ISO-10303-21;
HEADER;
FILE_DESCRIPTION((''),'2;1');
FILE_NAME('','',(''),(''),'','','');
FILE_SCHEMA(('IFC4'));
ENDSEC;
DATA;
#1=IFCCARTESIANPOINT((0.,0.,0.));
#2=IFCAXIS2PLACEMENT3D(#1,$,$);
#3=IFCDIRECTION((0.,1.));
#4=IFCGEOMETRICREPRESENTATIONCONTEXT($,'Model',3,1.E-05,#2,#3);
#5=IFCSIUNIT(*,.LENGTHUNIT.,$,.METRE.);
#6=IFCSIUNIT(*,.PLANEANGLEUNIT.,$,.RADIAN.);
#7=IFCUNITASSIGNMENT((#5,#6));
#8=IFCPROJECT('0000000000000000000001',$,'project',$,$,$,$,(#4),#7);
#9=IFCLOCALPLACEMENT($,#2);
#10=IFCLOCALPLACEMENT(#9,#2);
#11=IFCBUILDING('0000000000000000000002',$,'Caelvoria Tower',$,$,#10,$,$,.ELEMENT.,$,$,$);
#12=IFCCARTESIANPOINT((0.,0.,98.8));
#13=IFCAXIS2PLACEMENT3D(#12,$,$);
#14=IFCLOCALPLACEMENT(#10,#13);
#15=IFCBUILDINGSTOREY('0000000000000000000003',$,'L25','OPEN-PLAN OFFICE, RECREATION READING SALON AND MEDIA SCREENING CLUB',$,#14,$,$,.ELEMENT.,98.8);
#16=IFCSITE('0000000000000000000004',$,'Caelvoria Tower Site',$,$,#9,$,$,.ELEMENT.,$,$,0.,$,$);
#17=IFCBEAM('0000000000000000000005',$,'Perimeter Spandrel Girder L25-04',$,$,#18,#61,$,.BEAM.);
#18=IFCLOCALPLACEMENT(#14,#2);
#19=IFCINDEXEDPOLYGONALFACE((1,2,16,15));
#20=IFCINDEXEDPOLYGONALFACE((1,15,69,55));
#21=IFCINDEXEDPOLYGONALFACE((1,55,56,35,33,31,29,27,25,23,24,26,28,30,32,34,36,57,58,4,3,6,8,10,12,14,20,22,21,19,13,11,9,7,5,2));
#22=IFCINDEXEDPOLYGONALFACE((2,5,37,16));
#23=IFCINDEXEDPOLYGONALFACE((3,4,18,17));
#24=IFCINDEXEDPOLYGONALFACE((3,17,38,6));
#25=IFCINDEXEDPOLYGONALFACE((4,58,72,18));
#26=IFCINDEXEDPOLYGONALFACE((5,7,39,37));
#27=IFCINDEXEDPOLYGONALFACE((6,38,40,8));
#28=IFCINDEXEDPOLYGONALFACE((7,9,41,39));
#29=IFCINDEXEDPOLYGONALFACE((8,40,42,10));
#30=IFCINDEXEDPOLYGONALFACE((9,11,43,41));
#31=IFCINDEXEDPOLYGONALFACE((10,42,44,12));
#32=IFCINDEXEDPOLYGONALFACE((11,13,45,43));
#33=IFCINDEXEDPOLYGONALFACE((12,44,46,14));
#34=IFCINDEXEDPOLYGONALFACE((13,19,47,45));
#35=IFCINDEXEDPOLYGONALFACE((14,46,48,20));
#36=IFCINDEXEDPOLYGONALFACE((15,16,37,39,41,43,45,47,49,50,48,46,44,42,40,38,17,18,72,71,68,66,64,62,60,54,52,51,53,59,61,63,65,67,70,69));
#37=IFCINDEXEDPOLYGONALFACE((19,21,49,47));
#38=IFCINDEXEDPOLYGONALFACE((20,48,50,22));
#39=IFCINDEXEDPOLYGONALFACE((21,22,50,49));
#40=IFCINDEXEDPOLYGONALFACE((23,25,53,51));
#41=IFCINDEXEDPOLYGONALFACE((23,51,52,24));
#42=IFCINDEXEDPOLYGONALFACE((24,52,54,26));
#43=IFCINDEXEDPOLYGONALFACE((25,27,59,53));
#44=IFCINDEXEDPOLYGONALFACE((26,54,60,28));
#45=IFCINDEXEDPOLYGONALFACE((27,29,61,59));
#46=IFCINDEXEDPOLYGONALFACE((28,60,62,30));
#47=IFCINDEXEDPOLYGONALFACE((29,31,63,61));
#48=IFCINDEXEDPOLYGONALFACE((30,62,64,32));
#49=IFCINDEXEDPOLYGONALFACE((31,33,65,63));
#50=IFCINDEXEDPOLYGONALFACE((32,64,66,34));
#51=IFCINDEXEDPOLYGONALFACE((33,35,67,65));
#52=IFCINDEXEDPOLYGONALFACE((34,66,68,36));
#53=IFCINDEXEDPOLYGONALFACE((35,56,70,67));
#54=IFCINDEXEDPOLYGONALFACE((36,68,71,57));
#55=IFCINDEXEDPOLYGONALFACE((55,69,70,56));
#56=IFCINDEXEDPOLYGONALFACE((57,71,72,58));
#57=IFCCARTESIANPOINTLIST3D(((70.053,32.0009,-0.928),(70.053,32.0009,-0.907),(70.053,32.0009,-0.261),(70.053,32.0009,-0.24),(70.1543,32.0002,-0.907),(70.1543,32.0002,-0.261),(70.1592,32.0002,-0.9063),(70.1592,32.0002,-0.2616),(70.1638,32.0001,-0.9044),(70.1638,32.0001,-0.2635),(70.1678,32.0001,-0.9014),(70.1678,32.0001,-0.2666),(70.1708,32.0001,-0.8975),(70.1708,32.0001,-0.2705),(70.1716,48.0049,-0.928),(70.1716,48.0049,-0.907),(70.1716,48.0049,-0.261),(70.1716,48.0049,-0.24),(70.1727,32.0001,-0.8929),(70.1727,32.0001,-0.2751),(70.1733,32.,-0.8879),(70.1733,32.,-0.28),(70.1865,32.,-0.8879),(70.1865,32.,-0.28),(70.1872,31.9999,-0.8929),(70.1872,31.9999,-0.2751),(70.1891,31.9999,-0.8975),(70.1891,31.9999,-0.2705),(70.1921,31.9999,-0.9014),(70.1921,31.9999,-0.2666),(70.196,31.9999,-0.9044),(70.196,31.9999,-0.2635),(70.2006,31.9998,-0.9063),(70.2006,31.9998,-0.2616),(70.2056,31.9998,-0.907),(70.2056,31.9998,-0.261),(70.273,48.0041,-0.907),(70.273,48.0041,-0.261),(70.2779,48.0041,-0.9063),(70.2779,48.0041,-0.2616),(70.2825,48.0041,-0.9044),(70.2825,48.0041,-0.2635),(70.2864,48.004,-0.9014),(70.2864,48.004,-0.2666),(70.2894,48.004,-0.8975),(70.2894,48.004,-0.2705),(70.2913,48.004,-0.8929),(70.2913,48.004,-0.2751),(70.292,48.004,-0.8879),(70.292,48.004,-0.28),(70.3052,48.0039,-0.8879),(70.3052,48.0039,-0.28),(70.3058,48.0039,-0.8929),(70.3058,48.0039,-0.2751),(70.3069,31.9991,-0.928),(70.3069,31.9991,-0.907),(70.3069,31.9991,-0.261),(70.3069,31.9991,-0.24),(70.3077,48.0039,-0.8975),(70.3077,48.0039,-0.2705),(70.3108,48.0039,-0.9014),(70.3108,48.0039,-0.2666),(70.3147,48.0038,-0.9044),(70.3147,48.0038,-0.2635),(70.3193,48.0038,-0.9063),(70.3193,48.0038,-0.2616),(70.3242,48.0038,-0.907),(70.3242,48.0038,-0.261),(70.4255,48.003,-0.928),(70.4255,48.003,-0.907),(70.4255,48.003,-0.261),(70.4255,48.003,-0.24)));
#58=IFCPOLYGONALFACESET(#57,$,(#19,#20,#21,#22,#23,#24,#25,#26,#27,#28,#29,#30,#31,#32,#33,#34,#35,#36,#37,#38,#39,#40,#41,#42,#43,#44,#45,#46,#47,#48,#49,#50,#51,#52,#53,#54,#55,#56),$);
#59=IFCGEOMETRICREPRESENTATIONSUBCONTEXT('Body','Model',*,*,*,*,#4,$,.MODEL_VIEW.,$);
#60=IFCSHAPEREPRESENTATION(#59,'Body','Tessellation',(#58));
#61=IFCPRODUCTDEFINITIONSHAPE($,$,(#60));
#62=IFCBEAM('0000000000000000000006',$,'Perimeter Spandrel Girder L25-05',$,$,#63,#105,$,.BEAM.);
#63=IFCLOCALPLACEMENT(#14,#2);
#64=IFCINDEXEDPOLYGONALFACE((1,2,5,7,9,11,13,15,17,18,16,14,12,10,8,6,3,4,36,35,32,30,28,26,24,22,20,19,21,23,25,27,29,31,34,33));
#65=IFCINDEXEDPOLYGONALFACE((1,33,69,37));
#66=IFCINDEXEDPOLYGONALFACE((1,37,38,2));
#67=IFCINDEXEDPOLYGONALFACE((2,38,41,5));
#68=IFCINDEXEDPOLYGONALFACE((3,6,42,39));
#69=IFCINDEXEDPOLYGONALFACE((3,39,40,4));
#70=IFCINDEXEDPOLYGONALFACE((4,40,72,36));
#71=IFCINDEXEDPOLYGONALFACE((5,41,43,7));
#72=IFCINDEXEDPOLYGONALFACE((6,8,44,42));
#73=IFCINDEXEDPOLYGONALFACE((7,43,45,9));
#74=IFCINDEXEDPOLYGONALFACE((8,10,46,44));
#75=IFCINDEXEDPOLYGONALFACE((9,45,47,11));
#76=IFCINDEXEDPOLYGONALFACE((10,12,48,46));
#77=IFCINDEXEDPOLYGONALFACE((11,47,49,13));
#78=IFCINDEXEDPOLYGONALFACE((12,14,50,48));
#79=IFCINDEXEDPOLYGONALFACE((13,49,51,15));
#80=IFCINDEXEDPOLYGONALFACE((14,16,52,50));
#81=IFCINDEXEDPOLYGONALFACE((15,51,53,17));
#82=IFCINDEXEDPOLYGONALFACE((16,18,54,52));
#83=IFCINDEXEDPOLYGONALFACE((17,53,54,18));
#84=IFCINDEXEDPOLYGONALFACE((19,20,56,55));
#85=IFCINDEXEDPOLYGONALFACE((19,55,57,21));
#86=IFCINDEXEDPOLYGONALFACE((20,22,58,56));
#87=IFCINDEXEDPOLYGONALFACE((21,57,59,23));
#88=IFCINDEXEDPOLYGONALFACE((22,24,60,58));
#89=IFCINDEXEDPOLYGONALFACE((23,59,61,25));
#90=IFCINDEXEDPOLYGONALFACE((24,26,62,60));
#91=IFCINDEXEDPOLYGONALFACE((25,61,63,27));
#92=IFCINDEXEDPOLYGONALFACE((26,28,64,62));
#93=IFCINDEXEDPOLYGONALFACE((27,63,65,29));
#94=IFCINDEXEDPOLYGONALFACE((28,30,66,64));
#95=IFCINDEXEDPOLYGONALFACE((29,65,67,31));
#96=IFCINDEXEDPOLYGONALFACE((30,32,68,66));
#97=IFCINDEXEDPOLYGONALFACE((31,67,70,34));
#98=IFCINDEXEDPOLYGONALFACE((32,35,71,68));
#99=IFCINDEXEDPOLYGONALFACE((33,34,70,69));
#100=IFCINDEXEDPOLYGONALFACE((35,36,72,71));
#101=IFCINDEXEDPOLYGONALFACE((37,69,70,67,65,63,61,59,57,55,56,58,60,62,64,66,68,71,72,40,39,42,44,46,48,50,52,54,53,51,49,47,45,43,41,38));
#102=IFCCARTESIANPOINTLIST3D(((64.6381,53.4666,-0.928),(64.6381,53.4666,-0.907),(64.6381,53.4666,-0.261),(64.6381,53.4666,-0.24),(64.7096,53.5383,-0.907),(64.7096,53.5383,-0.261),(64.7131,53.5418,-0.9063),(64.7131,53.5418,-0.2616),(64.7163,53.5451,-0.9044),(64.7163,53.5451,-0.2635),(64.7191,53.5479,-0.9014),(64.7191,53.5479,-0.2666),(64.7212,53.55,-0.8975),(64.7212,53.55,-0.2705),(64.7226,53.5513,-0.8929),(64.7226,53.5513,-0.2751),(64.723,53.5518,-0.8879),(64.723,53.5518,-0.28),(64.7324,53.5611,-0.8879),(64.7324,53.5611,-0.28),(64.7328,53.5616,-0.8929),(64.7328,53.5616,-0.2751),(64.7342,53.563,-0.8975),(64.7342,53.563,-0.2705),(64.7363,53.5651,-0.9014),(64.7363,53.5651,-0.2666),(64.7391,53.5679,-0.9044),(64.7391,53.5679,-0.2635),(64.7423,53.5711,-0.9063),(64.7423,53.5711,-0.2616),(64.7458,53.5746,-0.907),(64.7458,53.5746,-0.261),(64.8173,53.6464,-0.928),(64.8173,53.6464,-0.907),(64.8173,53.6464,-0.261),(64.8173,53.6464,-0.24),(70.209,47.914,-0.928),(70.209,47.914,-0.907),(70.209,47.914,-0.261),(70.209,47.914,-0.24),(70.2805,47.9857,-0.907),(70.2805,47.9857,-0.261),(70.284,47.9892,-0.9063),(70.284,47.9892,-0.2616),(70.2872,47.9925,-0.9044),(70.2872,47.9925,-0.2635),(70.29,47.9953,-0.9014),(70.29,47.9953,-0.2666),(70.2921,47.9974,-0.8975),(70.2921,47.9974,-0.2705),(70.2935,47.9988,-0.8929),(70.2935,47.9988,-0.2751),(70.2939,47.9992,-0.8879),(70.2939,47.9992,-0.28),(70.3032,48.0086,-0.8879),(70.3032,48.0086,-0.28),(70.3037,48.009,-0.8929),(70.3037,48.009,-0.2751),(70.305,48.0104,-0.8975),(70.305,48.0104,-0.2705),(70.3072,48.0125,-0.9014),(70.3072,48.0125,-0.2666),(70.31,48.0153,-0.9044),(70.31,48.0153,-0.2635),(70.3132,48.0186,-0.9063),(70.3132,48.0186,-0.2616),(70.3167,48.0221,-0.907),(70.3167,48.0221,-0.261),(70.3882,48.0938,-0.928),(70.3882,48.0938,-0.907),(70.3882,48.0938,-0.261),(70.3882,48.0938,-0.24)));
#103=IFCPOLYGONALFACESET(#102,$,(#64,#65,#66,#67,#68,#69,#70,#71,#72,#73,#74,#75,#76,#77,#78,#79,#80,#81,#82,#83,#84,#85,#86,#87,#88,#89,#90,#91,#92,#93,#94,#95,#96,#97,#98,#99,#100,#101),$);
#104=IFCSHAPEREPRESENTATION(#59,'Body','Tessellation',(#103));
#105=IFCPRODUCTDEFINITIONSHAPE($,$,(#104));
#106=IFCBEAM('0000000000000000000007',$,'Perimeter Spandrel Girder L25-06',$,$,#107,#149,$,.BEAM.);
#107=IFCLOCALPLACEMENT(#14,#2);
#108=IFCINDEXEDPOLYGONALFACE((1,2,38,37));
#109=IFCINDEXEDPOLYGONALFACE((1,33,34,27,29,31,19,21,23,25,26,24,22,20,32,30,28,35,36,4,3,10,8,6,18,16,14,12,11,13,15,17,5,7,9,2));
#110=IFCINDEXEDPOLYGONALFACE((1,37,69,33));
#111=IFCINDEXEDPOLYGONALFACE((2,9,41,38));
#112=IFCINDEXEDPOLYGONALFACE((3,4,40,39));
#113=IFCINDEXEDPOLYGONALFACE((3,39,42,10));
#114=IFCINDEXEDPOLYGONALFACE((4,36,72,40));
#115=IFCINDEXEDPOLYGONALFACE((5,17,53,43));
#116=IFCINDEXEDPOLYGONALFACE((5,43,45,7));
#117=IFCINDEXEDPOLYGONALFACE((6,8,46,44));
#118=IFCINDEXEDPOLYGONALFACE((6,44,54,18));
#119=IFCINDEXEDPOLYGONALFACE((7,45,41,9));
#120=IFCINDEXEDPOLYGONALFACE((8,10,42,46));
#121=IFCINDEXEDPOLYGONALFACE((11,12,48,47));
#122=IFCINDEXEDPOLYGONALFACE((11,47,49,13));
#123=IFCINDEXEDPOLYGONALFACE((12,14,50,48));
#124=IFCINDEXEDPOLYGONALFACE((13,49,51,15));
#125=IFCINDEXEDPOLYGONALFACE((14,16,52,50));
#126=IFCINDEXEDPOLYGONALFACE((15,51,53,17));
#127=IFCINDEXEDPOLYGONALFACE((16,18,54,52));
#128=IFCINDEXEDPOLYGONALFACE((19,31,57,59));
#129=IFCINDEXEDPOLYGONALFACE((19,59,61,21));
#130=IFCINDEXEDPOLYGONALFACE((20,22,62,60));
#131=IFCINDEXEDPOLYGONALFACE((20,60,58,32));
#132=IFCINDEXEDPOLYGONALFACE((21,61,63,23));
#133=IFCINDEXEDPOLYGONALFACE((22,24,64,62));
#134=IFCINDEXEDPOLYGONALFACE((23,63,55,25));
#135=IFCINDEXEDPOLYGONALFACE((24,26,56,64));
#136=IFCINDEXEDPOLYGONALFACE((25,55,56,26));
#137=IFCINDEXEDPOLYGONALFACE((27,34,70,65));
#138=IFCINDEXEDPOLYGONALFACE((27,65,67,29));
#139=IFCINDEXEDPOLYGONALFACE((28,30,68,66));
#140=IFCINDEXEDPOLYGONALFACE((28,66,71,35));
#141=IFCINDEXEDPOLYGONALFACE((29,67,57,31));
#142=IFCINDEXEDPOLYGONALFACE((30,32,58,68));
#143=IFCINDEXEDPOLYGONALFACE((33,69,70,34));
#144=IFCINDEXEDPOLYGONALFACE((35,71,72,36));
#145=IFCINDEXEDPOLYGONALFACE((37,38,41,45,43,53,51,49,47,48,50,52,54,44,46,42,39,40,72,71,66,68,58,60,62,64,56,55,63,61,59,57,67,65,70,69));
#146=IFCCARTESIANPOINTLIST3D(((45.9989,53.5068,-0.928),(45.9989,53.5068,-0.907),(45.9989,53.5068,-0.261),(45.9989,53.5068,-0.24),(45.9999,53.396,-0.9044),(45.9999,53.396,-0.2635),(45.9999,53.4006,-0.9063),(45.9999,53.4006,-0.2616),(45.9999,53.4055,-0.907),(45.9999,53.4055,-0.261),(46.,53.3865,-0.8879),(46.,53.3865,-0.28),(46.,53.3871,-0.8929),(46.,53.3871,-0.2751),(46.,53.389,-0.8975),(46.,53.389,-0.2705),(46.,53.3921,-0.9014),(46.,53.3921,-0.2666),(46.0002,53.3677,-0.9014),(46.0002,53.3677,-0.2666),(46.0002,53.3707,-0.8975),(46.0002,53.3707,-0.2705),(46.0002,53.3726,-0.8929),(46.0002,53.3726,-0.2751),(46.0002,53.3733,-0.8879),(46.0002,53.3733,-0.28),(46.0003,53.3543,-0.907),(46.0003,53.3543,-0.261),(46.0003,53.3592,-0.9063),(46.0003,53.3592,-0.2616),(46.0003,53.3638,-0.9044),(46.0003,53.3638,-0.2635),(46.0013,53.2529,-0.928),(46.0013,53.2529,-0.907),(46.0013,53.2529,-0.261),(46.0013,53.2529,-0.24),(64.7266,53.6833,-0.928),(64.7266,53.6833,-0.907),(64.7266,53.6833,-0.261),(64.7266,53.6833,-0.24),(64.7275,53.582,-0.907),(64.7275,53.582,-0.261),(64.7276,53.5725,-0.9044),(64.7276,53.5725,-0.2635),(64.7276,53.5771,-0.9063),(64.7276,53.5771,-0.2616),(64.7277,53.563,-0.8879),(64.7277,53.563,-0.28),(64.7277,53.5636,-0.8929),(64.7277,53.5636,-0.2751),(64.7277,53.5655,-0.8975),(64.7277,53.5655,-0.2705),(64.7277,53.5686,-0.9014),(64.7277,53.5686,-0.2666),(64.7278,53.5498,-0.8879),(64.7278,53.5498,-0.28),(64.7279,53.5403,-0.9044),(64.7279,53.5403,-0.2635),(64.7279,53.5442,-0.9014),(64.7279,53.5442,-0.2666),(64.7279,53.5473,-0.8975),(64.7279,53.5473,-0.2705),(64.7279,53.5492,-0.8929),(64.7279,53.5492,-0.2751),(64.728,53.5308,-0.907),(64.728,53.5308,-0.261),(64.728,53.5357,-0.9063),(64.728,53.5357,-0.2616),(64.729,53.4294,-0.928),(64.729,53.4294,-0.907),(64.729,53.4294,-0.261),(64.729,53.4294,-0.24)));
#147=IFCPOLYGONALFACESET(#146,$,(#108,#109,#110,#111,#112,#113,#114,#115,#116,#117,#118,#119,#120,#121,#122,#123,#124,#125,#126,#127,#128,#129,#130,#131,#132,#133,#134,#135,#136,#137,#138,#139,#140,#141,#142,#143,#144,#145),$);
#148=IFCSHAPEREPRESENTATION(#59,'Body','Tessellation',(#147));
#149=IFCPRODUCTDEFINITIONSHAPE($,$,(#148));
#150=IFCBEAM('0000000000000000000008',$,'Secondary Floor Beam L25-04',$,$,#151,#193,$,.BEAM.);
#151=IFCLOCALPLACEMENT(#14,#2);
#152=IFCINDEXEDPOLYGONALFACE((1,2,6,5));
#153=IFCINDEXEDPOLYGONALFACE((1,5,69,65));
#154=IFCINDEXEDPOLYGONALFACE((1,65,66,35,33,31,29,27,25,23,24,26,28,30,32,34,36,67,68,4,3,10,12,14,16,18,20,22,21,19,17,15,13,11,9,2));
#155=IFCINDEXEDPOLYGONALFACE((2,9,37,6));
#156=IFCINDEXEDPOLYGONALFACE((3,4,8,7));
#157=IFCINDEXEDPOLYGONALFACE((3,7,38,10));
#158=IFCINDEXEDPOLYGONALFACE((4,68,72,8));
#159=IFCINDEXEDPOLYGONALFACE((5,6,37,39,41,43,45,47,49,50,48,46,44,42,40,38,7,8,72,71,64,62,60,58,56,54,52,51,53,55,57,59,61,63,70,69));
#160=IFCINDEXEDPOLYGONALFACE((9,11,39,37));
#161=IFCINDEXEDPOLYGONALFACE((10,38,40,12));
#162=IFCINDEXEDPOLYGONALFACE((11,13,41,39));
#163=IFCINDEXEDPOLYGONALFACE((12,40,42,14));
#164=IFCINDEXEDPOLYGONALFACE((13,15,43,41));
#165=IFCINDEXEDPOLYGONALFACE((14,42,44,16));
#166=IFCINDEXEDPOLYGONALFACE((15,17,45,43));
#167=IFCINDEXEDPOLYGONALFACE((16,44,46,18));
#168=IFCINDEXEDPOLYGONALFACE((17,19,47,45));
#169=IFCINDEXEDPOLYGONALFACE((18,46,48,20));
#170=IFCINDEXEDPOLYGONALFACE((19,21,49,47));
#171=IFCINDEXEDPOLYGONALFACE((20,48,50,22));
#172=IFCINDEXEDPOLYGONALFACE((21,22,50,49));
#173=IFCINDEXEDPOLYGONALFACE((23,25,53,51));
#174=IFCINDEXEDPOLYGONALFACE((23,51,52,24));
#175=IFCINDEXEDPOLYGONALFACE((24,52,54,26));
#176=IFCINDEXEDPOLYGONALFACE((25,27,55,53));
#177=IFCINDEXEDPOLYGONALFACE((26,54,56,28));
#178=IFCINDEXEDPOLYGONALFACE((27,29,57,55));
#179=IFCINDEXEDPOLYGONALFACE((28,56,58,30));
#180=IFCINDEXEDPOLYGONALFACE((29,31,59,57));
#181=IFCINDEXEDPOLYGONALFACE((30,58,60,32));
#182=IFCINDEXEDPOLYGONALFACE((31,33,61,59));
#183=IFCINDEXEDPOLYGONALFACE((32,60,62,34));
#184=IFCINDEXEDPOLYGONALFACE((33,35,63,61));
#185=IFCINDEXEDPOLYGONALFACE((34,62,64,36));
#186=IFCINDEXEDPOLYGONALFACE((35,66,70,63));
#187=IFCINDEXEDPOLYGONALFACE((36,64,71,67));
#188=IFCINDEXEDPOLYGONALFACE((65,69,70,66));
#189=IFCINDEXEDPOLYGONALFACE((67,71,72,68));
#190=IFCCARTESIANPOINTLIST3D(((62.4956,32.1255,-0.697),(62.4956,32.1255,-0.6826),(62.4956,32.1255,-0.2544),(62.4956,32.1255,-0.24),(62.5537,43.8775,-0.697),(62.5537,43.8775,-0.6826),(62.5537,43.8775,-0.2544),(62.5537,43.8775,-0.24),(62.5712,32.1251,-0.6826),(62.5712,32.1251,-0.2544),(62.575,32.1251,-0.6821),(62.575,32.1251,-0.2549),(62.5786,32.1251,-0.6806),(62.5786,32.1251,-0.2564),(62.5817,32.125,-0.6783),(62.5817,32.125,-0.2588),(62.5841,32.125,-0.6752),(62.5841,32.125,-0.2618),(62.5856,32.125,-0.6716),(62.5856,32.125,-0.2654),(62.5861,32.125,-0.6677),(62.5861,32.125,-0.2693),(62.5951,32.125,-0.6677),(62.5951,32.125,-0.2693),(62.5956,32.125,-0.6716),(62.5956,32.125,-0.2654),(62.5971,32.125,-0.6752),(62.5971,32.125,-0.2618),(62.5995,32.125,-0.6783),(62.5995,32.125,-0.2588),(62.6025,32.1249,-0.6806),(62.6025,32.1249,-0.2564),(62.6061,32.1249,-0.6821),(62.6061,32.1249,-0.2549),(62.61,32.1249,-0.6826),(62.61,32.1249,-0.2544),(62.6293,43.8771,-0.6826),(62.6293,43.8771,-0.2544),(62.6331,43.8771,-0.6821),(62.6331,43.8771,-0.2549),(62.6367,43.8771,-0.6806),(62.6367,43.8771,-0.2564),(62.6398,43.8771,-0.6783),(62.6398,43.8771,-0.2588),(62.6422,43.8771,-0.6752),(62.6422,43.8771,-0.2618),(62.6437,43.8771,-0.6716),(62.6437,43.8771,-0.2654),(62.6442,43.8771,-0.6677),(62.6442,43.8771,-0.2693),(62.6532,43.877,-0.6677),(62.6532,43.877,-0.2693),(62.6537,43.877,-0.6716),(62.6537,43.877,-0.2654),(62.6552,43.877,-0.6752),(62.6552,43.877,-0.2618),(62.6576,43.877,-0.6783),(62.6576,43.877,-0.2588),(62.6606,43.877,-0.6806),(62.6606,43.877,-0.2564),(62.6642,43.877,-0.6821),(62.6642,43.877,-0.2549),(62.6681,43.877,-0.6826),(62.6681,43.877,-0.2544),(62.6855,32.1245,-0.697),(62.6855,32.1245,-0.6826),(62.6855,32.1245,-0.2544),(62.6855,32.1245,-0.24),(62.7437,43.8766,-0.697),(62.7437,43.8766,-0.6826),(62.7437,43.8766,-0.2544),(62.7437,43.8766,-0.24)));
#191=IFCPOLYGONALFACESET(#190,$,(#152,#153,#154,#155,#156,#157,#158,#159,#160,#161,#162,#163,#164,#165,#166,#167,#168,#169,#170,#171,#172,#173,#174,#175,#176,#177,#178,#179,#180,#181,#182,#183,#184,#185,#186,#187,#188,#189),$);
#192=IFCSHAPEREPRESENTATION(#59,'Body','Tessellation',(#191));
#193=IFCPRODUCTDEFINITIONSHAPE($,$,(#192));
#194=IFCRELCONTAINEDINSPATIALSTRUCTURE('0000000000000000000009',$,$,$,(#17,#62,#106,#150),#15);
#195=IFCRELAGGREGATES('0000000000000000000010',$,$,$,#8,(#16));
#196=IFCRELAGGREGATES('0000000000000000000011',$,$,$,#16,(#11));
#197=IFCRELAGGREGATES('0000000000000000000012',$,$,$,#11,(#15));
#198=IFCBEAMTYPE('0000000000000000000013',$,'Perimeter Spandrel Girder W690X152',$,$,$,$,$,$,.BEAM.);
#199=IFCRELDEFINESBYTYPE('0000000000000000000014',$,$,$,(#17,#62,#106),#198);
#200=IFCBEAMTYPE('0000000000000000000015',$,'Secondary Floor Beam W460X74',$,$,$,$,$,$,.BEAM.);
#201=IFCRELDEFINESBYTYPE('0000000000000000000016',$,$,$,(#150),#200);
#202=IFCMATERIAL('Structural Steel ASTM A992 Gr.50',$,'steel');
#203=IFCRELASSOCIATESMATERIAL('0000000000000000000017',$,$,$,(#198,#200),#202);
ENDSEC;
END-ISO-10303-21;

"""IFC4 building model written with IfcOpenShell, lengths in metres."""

from ifc_helpers import new_model, si_unit, direction, frame, origin, origin_2d, place, context, subcontext, project, spatial, i_section, extrude, material, material_profile, profile_set, type_object, element, save


model = new_model("IFC4")

# Units and contexts
model_context = context("Model", 3, precision=1e-05, world=origin(), true_north=direction((0.0, 1.0)))
body_context = subcontext(model_context, "Body", "Model", "MODEL_VIEW")
ifc_project = project(units=[si_unit("LENGTHUNIT", "METRE"), si_unit("PLANEANGLEUNIT", "RADIAN")], contexts=[model_context])

# Site, building, storey
site_placement = place(None, origin())
site = spatial("IfcSite", under=ifc_project, at=site_placement, Name="Caelvoria Tower Site", CompositionType="ELEMENT", RefElevation=0.0)
building_placement = place(site_placement, origin())
building = spatial("IfcBuilding", under=site, at=building_placement, Name="Caelvoria Tower", CompositionType="ELEMENT")
storey_placement = place(building_placement, frame((0.0, 0.0, 98.8)))
storey = spatial("IfcBuildingStorey", under=building, at=storey_placement, Name="L25", Description="OPEN-PLAN OFFICE, RECREATION READING SALON AND MEDIA SCREENING CLUB", CompositionType="ELEMENT", Elevation=98.8)

# Beams
ifc_material_1 = material(Name="Structural Steel ASTM A992 Gr.50", Category="steel")
ifc_material_profile_1 = material_profile(ifc_material_1, i_section(OverallWidth=0.2539, OverallDepth=0.688, WebThickness=0.0132, FlangeThickness=0.021, FilletRadius=0.019, at=origin_2d()), Name="Structural Steel ASTM A992 Gr.50")
ifc_profile_set_1 = profile_set([ifc_material_profile_1], Name="W690X152 - Structural Steel ASTM A992 Gr.50")
beam_type_1 = type_object("IfcBeamType", Name="Perimeter Spandrel Girder W690X152", PredefinedType="BEAM", material=ifc_profile_set_1)
beam_1_placement = place(storey_placement, frame((70.1799, 32.0, -0.584), z_axis=(0.007414, 0.999973, 0.0), x_axis=(-0.999973, 0.007414, 0.0)))
element("IfcBeam", 1, at=beam_1_placement, inside=storey, type_object=beam_type_1, Name="Perimeter Spandrel Girder L25-04", PredefinedType="BEAM", context=body_context, shape_type="SweptSolid", body=[
    extrude(i_section(OverallWidth=0.2539, OverallDepth=0.688, WebThickness=0.0132, FlangeThickness=0.021, FilletRadius=0.019, at=origin_2d()), origin(), (0.0, 0.0, 1.0), 16.0044),
])
beam_2_placement = place(storey_placement, frame((70.2986, 48.0039, -0.584), z_axis=(-0.70827, 0.705942, 0.0), x_axis=(-0.705942, -0.70827, 0.0)))
element("IfcBeam", 2, at=beam_2_placement, inside=storey, type_object=beam_type_1, Name="Perimeter Spandrel Girder L25-05", PredefinedType="BEAM", context=body_context, shape_type="SweptSolid", body=[
    extrude(i_section(OverallWidth=0.2539, OverallDepth=0.688, WebThickness=0.0132, FlangeThickness=0.021, FilletRadius=0.019, at=origin_2d()), origin(), (0.0, 0.0, 1.0), 7.8655),
])
beam_3_placement = place(storey_placement, frame((64.7278, 53.5564, -0.584), z_axis=(-0.999956, -0.009425, 0.0), x_axis=(0.009425, -0.999956, 0.0)))
element("IfcBeam", 3, at=beam_3_placement, inside=storey, type_object=beam_type_1, Name="Perimeter Spandrel Girder L25-06", PredefinedType="BEAM", context=body_context, shape_type="SweptSolid", body=[
    extrude(i_section(OverallWidth=0.2539, OverallDepth=0.688, WebThickness=0.0132, FlangeThickness=0.021, FilletRadius=0.019, at=origin_2d()), origin(), (0.0, 0.0, 1.0), 18.7285),
])
ifc_material_profile_2 = material_profile(ifc_material_1, i_section(OverallWidth=0.1899, OverallDepth=0.457, WebThickness=0.009, FlangeThickness=0.0144, FilletRadius=0.0149, at=origin_2d()), Name="Structural Steel ASTM A992 Gr.50")
ifc_profile_set_2 = profile_set([ifc_material_profile_2], Name="W460X74 - Structural Steel ASTM A992 Gr.50")
beam_type_2 = type_object("IfcBeamType", Name="Secondary Floor Beam W460X74", PredefinedType="BEAM", material=ifc_profile_set_2)
beam_4_placement = place(storey_placement, frame((62.5906, 32.125, -0.4685), z_axis=(0.004944, 0.999988, 0.0), x_axis=(-0.999988, 0.004944, 0.0)))
element("IfcBeam", 4, at=beam_4_placement, inside=storey, type_object=beam_type_2, Name="Secondary Floor Beam L25-04", PredefinedType="BEAM", context=body_context, shape_type="SweptSolid", body=[
    extrude(i_section(OverallWidth=0.1899, OverallDepth=0.457, WebThickness=0.009, FlangeThickness=0.0144, FilletRadius=0.0149, at=origin_2d()), origin(), (0.0, 0.0, 1.0), 11.7522),
])

save(model, "model.ifc")
